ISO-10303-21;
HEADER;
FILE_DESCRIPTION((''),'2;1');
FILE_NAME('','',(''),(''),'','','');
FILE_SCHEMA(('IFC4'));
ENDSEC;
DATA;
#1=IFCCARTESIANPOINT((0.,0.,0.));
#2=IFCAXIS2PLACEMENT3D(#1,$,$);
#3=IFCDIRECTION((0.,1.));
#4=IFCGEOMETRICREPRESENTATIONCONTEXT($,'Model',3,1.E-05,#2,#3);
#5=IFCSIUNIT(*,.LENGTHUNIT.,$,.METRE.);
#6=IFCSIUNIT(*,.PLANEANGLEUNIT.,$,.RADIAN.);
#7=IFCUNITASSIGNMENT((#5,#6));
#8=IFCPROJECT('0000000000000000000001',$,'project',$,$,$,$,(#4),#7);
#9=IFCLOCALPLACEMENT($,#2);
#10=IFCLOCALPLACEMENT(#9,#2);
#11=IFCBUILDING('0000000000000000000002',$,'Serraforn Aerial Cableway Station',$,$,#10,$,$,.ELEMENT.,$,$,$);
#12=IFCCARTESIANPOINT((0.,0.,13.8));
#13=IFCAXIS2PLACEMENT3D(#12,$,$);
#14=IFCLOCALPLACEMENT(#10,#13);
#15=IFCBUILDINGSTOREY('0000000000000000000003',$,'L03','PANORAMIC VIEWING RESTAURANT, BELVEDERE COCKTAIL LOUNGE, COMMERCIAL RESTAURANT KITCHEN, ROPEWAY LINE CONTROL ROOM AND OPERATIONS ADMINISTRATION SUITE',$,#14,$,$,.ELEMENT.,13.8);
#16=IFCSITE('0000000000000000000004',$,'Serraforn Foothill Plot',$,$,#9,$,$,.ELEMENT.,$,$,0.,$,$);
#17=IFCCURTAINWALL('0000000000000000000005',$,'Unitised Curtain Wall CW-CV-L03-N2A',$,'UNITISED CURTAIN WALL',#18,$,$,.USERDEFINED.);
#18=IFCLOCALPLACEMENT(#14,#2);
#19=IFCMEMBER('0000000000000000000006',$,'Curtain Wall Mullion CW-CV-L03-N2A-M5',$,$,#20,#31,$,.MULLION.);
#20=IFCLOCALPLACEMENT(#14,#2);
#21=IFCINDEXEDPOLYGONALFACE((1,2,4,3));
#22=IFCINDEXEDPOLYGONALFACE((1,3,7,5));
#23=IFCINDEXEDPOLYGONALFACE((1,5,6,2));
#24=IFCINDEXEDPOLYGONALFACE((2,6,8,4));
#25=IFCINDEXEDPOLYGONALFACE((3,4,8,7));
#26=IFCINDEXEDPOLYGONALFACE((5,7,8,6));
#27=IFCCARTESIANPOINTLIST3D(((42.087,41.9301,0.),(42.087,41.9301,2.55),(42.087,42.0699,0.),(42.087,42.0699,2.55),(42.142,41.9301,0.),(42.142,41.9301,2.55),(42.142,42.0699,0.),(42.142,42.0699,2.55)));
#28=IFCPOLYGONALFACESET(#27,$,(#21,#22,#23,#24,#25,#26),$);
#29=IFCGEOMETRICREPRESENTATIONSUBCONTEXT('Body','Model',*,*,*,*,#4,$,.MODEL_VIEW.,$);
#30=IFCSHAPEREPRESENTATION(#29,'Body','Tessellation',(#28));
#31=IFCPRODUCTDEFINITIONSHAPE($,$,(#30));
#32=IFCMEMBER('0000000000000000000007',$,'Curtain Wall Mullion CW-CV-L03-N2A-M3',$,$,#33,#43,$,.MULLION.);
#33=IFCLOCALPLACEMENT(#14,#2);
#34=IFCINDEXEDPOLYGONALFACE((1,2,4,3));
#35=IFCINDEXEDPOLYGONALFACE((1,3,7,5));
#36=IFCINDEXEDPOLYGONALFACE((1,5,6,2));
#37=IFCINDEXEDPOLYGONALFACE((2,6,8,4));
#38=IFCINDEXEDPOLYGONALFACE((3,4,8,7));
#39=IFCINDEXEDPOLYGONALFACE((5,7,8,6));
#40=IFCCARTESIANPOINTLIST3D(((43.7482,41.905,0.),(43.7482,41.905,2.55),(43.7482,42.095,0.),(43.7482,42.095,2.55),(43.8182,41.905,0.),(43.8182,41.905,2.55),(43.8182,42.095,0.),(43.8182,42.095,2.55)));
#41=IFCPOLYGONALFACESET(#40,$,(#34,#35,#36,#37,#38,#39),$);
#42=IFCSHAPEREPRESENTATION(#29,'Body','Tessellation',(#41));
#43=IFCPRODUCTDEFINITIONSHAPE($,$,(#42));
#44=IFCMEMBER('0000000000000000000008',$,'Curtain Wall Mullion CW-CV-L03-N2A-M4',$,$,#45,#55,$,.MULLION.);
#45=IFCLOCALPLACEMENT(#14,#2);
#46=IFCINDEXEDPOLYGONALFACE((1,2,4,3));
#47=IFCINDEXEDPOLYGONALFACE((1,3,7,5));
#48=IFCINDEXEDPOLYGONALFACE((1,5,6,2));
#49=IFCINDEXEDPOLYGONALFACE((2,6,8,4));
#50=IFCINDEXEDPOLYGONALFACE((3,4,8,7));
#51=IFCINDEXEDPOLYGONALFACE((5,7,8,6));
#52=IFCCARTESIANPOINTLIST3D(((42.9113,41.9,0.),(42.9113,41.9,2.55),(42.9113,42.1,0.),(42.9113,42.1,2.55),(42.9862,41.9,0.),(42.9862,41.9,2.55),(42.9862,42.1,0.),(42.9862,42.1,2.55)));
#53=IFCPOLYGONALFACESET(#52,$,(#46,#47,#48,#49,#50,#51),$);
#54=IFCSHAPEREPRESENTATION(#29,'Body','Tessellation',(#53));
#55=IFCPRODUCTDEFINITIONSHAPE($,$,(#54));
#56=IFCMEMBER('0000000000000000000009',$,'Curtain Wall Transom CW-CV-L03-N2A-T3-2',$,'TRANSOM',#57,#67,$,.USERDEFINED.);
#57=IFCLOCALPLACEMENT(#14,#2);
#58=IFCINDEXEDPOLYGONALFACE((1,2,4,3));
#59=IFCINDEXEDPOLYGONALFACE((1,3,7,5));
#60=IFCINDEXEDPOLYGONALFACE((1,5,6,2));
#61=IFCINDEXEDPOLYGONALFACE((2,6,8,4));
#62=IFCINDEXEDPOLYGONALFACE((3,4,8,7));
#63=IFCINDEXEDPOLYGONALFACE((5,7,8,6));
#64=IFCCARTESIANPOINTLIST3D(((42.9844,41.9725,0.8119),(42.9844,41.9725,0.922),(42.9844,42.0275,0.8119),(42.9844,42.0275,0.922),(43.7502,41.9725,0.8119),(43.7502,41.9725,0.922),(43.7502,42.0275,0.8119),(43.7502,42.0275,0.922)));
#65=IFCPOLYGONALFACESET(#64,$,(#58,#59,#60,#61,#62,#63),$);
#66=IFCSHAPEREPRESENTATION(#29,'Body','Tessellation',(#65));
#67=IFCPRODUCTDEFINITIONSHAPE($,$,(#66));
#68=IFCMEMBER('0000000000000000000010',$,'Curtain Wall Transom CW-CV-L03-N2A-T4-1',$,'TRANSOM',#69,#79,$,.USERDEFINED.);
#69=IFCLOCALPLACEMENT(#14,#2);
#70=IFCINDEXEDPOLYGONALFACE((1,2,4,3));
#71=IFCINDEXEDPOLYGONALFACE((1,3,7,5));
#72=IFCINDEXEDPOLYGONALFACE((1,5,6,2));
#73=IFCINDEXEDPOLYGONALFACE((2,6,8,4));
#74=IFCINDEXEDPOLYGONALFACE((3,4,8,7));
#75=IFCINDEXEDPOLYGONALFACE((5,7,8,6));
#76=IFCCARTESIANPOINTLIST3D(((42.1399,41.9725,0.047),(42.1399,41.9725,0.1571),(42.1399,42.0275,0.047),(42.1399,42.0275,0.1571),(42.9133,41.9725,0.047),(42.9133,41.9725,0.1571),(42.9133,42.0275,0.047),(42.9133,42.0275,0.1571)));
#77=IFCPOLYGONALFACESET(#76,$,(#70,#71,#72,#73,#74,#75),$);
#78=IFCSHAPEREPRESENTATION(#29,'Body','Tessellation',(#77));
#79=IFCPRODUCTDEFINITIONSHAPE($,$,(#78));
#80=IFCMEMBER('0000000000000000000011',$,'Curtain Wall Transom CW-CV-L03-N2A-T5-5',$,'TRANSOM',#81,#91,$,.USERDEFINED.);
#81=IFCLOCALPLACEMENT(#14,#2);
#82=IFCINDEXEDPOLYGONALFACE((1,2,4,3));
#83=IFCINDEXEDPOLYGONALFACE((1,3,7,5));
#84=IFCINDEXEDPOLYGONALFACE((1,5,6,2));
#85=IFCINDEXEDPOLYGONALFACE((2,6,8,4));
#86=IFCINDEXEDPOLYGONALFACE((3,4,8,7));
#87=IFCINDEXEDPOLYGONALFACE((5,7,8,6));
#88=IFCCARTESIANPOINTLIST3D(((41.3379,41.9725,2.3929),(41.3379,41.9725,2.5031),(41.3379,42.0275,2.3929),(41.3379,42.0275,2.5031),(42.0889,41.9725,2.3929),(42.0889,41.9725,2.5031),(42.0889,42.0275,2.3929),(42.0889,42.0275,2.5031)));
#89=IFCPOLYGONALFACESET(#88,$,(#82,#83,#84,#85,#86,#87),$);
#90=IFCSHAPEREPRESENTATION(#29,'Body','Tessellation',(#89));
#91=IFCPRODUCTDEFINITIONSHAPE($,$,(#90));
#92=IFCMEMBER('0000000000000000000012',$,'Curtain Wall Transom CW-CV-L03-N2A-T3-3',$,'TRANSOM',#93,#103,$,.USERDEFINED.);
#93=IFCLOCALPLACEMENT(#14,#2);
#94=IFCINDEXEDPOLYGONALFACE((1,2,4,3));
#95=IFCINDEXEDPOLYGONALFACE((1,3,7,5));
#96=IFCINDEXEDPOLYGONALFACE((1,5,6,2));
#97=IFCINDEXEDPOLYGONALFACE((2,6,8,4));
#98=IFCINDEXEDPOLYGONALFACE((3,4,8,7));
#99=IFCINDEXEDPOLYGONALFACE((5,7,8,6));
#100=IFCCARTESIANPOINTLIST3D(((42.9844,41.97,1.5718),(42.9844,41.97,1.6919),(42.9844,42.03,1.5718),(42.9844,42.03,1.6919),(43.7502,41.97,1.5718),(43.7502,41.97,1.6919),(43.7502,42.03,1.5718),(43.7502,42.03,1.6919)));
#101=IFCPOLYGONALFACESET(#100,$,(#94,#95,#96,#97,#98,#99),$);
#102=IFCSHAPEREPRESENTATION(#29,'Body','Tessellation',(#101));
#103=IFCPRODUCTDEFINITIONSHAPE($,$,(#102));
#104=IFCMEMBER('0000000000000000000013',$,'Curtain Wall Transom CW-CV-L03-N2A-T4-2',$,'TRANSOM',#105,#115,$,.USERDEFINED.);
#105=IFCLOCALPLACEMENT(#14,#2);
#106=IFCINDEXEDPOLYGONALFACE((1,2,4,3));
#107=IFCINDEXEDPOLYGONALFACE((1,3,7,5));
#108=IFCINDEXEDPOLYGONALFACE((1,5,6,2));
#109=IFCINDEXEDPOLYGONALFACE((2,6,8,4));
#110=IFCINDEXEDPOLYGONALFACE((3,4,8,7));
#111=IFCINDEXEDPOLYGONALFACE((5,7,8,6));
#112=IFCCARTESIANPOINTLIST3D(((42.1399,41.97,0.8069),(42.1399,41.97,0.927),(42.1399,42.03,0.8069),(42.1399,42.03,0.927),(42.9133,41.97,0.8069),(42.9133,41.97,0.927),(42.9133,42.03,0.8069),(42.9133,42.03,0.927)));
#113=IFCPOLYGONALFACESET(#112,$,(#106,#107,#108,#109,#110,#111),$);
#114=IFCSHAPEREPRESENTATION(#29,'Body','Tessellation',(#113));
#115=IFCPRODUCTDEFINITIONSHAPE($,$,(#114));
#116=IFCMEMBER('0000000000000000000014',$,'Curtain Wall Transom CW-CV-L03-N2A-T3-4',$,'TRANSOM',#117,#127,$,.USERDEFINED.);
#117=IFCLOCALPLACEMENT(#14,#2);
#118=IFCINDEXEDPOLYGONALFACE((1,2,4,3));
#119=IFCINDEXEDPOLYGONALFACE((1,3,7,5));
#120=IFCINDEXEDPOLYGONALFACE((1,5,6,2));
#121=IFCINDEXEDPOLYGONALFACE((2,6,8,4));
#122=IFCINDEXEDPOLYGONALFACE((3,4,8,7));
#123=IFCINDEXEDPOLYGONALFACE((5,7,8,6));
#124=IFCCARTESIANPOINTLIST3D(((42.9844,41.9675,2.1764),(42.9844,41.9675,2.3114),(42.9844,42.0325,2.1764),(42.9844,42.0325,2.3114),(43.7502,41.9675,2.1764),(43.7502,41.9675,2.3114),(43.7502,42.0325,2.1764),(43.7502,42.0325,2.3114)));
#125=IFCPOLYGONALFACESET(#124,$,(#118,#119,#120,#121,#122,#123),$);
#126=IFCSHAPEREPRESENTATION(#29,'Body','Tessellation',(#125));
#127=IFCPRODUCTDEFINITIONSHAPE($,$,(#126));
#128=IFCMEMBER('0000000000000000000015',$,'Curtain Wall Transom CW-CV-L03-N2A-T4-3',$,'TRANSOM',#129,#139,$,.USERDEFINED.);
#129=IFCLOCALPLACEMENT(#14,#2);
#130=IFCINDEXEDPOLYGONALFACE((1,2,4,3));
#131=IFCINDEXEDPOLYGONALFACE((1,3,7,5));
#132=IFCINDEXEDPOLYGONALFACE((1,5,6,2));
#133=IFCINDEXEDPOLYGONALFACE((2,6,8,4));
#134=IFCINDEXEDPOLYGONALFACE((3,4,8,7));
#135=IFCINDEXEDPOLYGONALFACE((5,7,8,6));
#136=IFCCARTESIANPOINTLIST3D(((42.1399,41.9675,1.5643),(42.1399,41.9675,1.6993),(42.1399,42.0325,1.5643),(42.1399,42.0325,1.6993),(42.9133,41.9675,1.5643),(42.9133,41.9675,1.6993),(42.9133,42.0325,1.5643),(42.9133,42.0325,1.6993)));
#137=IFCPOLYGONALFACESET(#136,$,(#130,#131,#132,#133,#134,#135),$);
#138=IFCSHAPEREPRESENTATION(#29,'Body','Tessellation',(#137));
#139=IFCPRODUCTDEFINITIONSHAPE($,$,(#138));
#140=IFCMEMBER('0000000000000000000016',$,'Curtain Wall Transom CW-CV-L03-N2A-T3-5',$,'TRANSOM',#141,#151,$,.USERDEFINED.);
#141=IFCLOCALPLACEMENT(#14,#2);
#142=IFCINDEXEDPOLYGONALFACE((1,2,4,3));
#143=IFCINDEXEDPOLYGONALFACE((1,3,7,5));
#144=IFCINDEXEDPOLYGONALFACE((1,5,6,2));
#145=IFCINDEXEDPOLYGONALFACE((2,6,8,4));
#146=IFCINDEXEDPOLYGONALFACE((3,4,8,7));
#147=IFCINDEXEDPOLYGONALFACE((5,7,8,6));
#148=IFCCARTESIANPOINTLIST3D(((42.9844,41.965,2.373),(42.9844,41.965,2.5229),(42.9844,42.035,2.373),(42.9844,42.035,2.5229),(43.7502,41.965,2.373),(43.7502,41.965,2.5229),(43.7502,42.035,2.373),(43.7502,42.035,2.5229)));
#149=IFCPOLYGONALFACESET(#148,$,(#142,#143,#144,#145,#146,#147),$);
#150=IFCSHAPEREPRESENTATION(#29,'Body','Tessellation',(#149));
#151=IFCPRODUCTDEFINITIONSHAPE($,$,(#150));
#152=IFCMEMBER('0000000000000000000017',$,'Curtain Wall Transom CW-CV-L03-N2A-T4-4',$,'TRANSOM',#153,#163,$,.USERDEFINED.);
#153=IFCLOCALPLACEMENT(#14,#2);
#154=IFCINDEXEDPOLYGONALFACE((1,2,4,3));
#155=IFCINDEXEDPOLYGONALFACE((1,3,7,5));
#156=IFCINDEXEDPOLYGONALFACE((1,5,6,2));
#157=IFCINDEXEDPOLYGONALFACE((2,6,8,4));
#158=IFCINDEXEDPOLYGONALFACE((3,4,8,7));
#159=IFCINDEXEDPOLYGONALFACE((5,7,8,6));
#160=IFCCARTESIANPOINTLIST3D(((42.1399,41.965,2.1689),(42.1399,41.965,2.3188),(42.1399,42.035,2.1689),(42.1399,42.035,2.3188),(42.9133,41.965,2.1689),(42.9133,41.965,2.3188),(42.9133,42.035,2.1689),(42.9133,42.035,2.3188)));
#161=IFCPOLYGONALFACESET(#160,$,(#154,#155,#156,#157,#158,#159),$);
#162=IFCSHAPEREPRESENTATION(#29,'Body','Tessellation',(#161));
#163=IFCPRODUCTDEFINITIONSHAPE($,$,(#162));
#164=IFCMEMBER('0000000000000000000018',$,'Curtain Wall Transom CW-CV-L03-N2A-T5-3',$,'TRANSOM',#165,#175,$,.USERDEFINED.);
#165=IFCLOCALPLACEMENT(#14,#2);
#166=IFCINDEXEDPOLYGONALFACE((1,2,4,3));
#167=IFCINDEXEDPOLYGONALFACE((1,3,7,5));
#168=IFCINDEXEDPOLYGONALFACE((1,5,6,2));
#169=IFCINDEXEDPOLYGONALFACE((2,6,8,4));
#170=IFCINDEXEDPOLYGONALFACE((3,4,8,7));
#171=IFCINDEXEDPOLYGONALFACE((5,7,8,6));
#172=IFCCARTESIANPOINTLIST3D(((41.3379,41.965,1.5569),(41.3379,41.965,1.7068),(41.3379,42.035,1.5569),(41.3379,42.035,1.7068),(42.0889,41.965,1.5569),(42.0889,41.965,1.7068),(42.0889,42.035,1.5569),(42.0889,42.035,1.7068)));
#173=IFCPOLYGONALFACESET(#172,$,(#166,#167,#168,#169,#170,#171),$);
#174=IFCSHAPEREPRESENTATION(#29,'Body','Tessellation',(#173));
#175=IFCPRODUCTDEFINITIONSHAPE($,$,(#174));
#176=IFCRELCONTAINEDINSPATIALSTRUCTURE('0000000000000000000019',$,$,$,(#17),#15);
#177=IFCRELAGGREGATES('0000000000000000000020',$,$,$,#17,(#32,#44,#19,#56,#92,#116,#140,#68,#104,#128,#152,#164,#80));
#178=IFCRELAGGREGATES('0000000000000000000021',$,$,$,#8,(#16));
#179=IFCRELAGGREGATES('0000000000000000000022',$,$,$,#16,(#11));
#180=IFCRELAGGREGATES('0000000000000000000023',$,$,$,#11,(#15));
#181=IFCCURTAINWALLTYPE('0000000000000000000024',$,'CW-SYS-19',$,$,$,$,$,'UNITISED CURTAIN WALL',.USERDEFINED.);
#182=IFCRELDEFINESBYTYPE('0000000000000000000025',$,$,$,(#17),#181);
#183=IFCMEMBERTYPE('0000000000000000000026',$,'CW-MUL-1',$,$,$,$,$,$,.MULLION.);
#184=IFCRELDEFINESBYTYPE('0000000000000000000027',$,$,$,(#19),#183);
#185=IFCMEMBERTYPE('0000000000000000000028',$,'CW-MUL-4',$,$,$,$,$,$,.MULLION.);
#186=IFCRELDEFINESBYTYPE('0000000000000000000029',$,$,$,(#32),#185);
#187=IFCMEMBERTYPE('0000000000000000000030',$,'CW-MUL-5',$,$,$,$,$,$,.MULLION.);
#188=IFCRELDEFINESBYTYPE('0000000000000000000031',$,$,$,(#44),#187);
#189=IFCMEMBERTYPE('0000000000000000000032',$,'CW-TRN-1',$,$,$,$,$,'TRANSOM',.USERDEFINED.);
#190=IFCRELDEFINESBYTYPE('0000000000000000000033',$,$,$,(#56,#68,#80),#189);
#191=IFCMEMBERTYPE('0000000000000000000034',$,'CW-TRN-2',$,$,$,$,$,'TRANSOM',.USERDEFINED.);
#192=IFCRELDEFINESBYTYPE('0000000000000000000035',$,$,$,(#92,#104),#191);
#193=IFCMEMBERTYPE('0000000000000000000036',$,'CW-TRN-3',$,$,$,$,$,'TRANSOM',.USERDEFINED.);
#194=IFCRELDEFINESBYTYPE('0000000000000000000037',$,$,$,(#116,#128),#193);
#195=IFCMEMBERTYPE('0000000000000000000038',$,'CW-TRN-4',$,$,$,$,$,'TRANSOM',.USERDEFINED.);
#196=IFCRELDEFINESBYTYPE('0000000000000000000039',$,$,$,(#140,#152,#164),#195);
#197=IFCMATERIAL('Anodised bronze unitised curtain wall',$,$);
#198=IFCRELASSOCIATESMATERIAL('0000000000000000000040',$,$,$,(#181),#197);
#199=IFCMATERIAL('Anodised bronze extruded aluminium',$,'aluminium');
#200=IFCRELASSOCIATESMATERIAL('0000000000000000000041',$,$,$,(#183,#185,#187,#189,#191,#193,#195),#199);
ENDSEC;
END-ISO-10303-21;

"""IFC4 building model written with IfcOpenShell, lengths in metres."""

from ifc_helpers import new_model, si_unit, direction, frame, origin, origin_2d, place, context, subcontext, project, spatial, rectangle, extrude, material, material_profile, profile_set, type_object, element, aggregate, save


model = new_model("IFC4")

# Units and contexts
model_context = context("Model", 3, precision=1e-05, world=origin(), true_north=direction((0.0, 1.0)))
body_context = subcontext(model_context, "Body", "Model", "MODEL_VIEW")
ifc_project = project(units=[si_unit("LENGTHUNIT", "METRE"), si_unit("PLANEANGLEUNIT", "RADIAN")], contexts=[model_context])

# Site, building, storey
site_placement = place(None, origin())
site = spatial("IfcSite", under=ifc_project, at=site_placement, Name="Serraforn Foothill Plot", CompositionType="ELEMENT", RefElevation=0.0)
building_placement = place(site_placement, origin())
building = spatial("IfcBuilding", under=site, at=building_placement, Name="Serraforn Aerial Cableway Station", CompositionType="ELEMENT")
storey_placement = place(building_placement, frame((0.0, 0.0, 13.8)))
storey = spatial("IfcBuildingStorey", under=building, at=storey_placement, Name="L03", Description="PANORAMIC VIEWING RESTAURANT, BELVEDERE COCKTAIL LOUNGE, COMMERCIAL RESTAURANT KITCHEN, ROPEWAY LINE CONTROL ROOM AND OPERATIONS ADMINISTRATION SUITE", CompositionType="ELEMENT", Elevation=13.8)

# Curtain wall, members
ifc_material_1 = material(Name="Anodised bronze unitised curtain wall")
curtain_wall_type = type_object("IfcCurtainWallType", Name="CW-SYS-19", ElementType="UNITISED CURTAIN WALL", PredefinedType="USERDEFINED", material=ifc_material_1)
curtain_wall_placement = place(storey_placement, origin())
curtain_wall = element("IfcCurtainWall", 1, at=curtain_wall_placement, inside=storey, type_object=curtain_wall_type, Name="Unitised Curtain Wall CW-CV-L03-N2A", ObjectType="UNITISED CURTAIN WALL", PredefinedType="USERDEFINED")
ifc_material_2 = material(Name="Anodised bronze extruded aluminium", Category="aluminium")
ifc_material_profile_1 = material_profile(ifc_material_2, rectangle(XDim=0.0549, YDim=0.1399, at=origin_2d()), Name="CW MULLION 55x140")
ifc_profile_set_1 = profile_set([ifc_material_profile_1], Name="Anodised bronze extruded aluminium")
member_type_1 = type_object("IfcMemberType", Name="CW-MUL-1", PredefinedType="MULLION", material=ifc_profile_set_1)
member_1_placement = place(storey_placement, frame((42.1145, 42.0, 0.0), z_axis=(0.0, 0.0, 1.0), x_axis=(-1.0, 0.0, 0.0)))
member_1 = element("IfcMember", 2, at=member_1_placement, type_object=member_type_1, Name="Curtain Wall Mullion CW-CV-L03-N2A-M5", PredefinedType="MULLION", context=body_context, shape_type="SweptSolid", body=[
    extrude(rectangle(XDim=0.0549, YDim=0.1399, at=origin_2d()), origin(), (0.0, 0.0, 1.0), 2.55),
])
ifc_material_profile_2 = material_profile(ifc_material_2, rectangle(XDim=0.0701, YDim=0.1899, at=origin_2d()), Name="CW MULLION 70x190")
ifc_profile_set_2 = profile_set([ifc_material_profile_2], Name="Anodised bronze extruded aluminium")
member_type_2 = type_object("IfcMemberType", Name="CW-MUL-4", PredefinedType="MULLION", material=ifc_profile_set_2)
member_2_placement = place(storey_placement, frame((43.7832, 42.0, 0.0), z_axis=(0.0, 0.0, 1.0), x_axis=(-1.0, 0.0, 0.0)))
member_2 = element("IfcMember", 3, at=member_2_placement, type_object=member_type_2, Name="Curtain Wall Mullion CW-CV-L03-N2A-M3", PredefinedType="MULLION", context=body_context, shape_type="SweptSolid", body=[
    extrude(rectangle(XDim=0.0701, YDim=0.1899, at=origin_2d()), origin(), (0.0, 0.0, 1.0), 2.55),
])
ifc_material_profile_3 = material_profile(ifc_material_2, rectangle(XDim=0.075, YDim=0.2, at=origin_2d()), Name="CW MULLION 75x200")
ifc_profile_set_3 = profile_set([ifc_material_profile_3], Name="Anodised bronze extruded aluminium")
member_type_3 = type_object("IfcMemberType", Name="CW-MUL-5", PredefinedType="MULLION", material=ifc_profile_set_3)
member_3_placement = place(storey_placement, frame((42.9487, 42.0, 0.0), z_axis=(0.0, 0.0, 1.0), x_axis=(-1.0, 0.0, 0.0)))
member_3 = element("IfcMember", 4, at=member_3_placement, type_object=member_type_3, Name="Curtain Wall Mullion CW-CV-L03-N2A-M4", PredefinedType="MULLION", context=body_context, shape_type="SweptSolid", body=[
    extrude(rectangle(XDim=0.075, YDim=0.2, at=origin_2d()), origin(), (0.0, 0.0, 1.0), 2.55),
])
ifc_material_profile_4 = material_profile(ifc_material_2, rectangle(XDim=0.0549, YDim=0.1101, at=origin_2d()), Name="CW TRANSOM 55x110")
ifc_profile_set_4 = profile_set([ifc_material_profile_4], Name="Anodised bronze extruded aluminium")
member_type_4 = type_object("IfcMemberType", Name="CW-TRN-1", ElementType="TRANSOM", PredefinedType="USERDEFINED", material=ifc_profile_set_4)
member_4_placement = place(storey_placement, frame((43.7502, 42.0, 0.8669), z_axis=(-1.0, 0.0, 0.0), x_axis=(0.0, -1.0, 0.0)))
member_4 = element("IfcMember", 5, at=member_4_placement, type_object=member_type_4, Name="Curtain Wall Transom CW-CV-L03-N2A-T3-2", ObjectType="TRANSOM", PredefinedType="USERDEFINED", context=body_context, shape_type="SweptSolid", body=[
    extrude(rectangle(XDim=0.0549, YDim=0.1101, at=origin_2d()), origin(), (0.0, 0.0, 1.0), 0.7659),
])
member_5_placement = place(storey_placement, frame((42.9133, 42.0, 0.1021), z_axis=(-1.0, 0.0, 0.0), x_axis=(0.0, -1.0, 0.0)))
member_5 = element("IfcMember", 6, at=member_5_placement, type_object=member_type_4, Name="Curtain Wall Transom CW-CV-L03-N2A-T4-1", ObjectType="TRANSOM", PredefinedType="USERDEFINED", context=body_context, shape_type="SweptSolid", body=[
    extrude(rectangle(XDim=0.0549, YDim=0.1101, at=origin_2d()), origin(), (0.0, 0.0, 1.0), 0.7734),
])
member_6_placement = place(storey_placement, frame((42.0889, 42.0, 2.448), z_axis=(-1.0, 0.0, 0.0), x_axis=(0.0, -1.0, 0.0)))
member_6 = element("IfcMember", 7, at=member_6_placement, type_object=member_type_4, Name="Curtain Wall Transom CW-CV-L03-N2A-T5-5", ObjectType="TRANSOM", PredefinedType="USERDEFINED", context=body_context, shape_type="SweptSolid", body=[
    extrude(rectangle(XDim=0.0549, YDim=0.1101, at=origin_2d()), origin(), (0.0, 0.0, 1.0), 0.751),
])
ifc_material_profile_5 = material_profile(ifc_material_2, rectangle(XDim=0.0601, YDim=0.1201, at=origin_2d()), Name="CW TRANSOM 60x120")
ifc_profile_set_5 = profile_set([ifc_material_profile_5], Name="Anodised bronze extruded aluminium")
member_type_5 = type_object("IfcMemberType", Name="CW-TRN-2", ElementType="TRANSOM", PredefinedType="USERDEFINED", material=ifc_profile_set_5)
member_7_placement = place(storey_placement, frame((43.7502, 42.0, 1.6318), z_axis=(-1.0, 0.0, 0.0), x_axis=(0.0, -1.0, 0.0)))
member_7 = element("IfcMember", 8, at=member_7_placement, type_object=member_type_5, Name="Curtain Wall Transom CW-CV-L03-N2A-T3-3", ObjectType="TRANSOM", PredefinedType="USERDEFINED", context=body_context, shape_type="SweptSolid", body=[
    extrude(rectangle(XDim=0.0601, YDim=0.1201, at=origin_2d()), origin(), (0.0, 0.0, 1.0), 0.7659),
])
member_8_placement = place(storey_placement, frame((42.9133, 42.0, 0.8669), z_axis=(-1.0, 0.0, 0.0), x_axis=(0.0, -1.0, 0.0)))
member_8 = element("IfcMember", 9, at=member_8_placement, type_object=member_type_5, Name="Curtain Wall Transom CW-CV-L03-N2A-T4-2", ObjectType="TRANSOM", PredefinedType="USERDEFINED", context=body_context, shape_type="SweptSolid", body=[
    extrude(rectangle(XDim=0.0601, YDim=0.1201, at=origin_2d()), origin(), (0.0, 0.0, 1.0), 0.7734),
])
ifc_material_profile_6 = material_profile(ifc_material_2, rectangle(XDim=0.0649, YDim=0.135, at=origin_2d()), Name="CW TRANSOM 65x135")
ifc_profile_set_6 = profile_set([ifc_material_profile_6], Name="Anodised bronze extruded aluminium")
member_type_6 = type_object("IfcMemberType", Name="CW-TRN-3", ElementType="TRANSOM", PredefinedType="USERDEFINED", material=ifc_profile_set_6)
member_9_placement = place(storey_placement, frame((43.7502, 42.0, 2.2439), z_axis=(-1.0, 0.0, 0.0), x_axis=(0.0, -1.0, 0.0)))
member_9 = element("IfcMember", 10, at=member_9_placement, type_object=member_type_6, Name="Curtain Wall Transom CW-CV-L03-N2A-T3-4", ObjectType="TRANSOM", PredefinedType="USERDEFINED", context=body_context, shape_type="SweptSolid", body=[
    extrude(rectangle(XDim=0.0649, YDim=0.135, at=origin_2d()), origin(), (0.0, 0.0, 1.0), 0.7659),
])
member_10_placement = place(storey_placement, frame((42.9133, 42.0, 1.6318), z_axis=(-1.0, 0.0, 0.0), x_axis=(0.0, -1.0, 0.0)))
member_10 = element("IfcMember", 11, at=member_10_placement, type_object=member_type_6, Name="Curtain Wall Transom CW-CV-L03-N2A-T4-3", ObjectType="TRANSOM", PredefinedType="USERDEFINED", context=body_context, shape_type="SweptSolid", body=[
    extrude(rectangle(XDim=0.0649, YDim=0.135, at=origin_2d()), origin(), (0.0, 0.0, 1.0), 0.7734),
])
ifc_material_profile_7 = material_profile(ifc_material_2, rectangle(XDim=0.0701, YDim=0.1499, at=origin_2d()), Name="CW TRANSOM 70x150")
ifc_profile_set_7 = profile_set([ifc_material_profile_7], Name="Anodised bronze extruded aluminium")
member_type_7 = type_object("IfcMemberType", Name="CW-TRN-4", ElementType="TRANSOM", PredefinedType="USERDEFINED", material=ifc_profile_set_7)
member_11_placement = place(storey_placement, frame((43.7502, 42.0, 2.448), z_axis=(-1.0, 0.0, 0.0), x_axis=(0.0, -1.0, 0.0)))
member_11 = element("IfcMember", 12, at=member_11_placement, type_object=member_type_7, Name="Curtain Wall Transom CW-CV-L03-N2A-T3-5", ObjectType="TRANSOM", PredefinedType="USERDEFINED", context=body_context, shape_type="SweptSolid", body=[
    extrude(rectangle(XDim=0.0701, YDim=0.1499, at=origin_2d()), origin(), (0.0, 0.0, 1.0), 0.7659),
])
member_12_placement = place(storey_placement, frame((42.9133, 42.0, 2.2439), z_axis=(-1.0, 0.0, 0.0), x_axis=(0.0, -1.0, 0.0)))
member_12 = element("IfcMember", 13, at=member_12_placement, type_object=member_type_7, Name="Curtain Wall Transom CW-CV-L03-N2A-T4-4", ObjectType="TRANSOM", PredefinedType="USERDEFINED", context=body_context, shape_type="SweptSolid", body=[
    extrude(rectangle(XDim=0.0701, YDim=0.1499, at=origin_2d()), origin(), (0.0, 0.0, 1.0), 0.7734),
])
member_13_placement = place(storey_placement, frame((42.0889, 42.0, 1.6318), z_axis=(-1.0, 0.0, 0.0), x_axis=(0.0, -1.0, 0.0)))
member_13 = element("IfcMember", 14, at=member_13_placement, type_object=member_type_7, Name="Curtain Wall Transom CW-CV-L03-N2A-T5-3", ObjectType="TRANSOM", PredefinedType="USERDEFINED", context=body_context, shape_type="SweptSolid", body=[
    extrude(rectangle(XDim=0.0701, YDim=0.1499, at=origin_2d()), origin(), (0.0, 0.0, 1.0), 0.751),
])
aggregate(curtain_wall, [member_2, member_3, member_1, member_4, member_7, member_9, member_11, member_5, member_8, member_10, member_12, member_13, member_6])

save(model, "model.ifc")
